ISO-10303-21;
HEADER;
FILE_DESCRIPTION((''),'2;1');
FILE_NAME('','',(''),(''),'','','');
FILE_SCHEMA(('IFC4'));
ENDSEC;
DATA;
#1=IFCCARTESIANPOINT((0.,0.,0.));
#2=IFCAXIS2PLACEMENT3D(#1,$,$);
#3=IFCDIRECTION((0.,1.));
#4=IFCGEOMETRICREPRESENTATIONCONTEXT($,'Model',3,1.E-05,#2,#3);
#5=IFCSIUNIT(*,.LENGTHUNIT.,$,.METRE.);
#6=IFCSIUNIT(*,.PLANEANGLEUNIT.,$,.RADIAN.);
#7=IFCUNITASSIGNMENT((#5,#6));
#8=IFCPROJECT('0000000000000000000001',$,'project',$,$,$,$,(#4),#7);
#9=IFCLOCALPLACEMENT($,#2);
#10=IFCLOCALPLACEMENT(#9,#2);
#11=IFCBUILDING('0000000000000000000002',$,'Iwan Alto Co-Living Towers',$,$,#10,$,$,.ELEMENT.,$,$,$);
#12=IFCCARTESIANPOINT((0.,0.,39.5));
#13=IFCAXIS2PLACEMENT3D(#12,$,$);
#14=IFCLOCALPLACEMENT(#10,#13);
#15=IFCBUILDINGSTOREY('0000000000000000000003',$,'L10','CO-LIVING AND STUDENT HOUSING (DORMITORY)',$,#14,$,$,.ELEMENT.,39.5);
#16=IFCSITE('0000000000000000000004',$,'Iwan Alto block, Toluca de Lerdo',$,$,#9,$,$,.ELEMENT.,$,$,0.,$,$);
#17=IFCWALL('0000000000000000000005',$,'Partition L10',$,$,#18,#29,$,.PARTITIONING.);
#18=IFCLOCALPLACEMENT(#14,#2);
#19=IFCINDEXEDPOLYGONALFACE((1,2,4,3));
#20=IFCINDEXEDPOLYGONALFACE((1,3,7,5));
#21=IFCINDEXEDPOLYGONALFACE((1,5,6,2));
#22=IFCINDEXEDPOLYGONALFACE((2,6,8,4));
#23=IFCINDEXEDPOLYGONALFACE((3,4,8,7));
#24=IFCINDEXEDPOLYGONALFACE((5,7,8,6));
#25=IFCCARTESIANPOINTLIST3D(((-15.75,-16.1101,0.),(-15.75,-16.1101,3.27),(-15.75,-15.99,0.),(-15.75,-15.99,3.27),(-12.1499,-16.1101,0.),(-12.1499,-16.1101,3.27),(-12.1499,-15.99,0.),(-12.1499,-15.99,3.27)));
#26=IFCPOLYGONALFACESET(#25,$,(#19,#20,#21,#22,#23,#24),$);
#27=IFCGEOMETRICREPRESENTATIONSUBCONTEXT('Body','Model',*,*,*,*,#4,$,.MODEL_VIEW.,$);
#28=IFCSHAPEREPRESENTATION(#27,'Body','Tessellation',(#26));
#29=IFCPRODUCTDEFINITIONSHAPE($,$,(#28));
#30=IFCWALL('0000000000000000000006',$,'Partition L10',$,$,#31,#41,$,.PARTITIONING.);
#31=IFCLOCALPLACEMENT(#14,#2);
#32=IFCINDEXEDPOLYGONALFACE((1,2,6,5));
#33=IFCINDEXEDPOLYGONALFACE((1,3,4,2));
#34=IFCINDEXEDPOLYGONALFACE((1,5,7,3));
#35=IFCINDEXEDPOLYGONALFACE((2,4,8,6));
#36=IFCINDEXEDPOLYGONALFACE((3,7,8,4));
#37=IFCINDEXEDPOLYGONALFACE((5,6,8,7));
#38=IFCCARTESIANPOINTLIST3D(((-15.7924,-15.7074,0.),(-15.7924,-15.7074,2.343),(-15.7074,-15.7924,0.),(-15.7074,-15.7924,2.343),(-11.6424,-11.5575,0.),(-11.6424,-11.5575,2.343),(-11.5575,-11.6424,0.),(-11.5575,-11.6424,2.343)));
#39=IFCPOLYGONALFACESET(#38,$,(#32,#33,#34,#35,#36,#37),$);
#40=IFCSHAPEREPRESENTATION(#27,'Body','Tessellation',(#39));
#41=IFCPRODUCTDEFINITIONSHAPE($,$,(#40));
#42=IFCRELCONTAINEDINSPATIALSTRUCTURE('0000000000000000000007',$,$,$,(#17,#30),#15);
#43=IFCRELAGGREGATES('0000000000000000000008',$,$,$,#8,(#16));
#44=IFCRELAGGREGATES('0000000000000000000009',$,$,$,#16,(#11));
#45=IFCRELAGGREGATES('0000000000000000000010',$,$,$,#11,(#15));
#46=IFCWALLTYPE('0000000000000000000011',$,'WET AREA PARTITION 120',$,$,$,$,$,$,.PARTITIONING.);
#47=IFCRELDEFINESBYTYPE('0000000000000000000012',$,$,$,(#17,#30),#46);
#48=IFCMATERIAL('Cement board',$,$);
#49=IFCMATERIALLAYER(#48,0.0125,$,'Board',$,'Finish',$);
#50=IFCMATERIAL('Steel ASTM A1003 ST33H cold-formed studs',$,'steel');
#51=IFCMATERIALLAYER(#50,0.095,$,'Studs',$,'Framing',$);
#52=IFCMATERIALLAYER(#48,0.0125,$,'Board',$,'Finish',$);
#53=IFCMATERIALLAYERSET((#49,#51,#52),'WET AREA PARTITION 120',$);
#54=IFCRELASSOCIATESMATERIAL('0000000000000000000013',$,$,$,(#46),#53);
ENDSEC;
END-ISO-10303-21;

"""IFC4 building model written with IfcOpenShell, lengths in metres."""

from ifc_helpers import new_model, si_unit, direction, frame, frame_2d, origin, place, context, subcontext, project, spatial, rectangle, extrude, material, layer, layer_set, type_object, element, save


model = new_model("IFC4")

# Units and contexts
model_context = context("Model", 3, precision=1e-05, world=origin(), true_north=direction((0.0, 1.0)))
body_context = subcontext(model_context, "Body", "Model", "MODEL_VIEW")
ifc_project = project(units=[si_unit("LENGTHUNIT", "METRE"), si_unit("PLANEANGLEUNIT", "RADIAN")], contexts=[model_context])

# Site, building, storey
site_placement = place(None, origin())
site = spatial("IfcSite", under=ifc_project, at=site_placement, Name="Iwan Alto block, Toluca de Lerdo", CompositionType="ELEMENT", RefElevation=0.0)
building_placement = place(site_placement, origin())
building = spatial("IfcBuilding", under=site, at=building_placement, Name="Iwan Alto Co-Living Towers", CompositionType="ELEMENT")
storey_placement = place(building_placement, frame((0.0, 0.0, 39.5)))
storey = spatial("IfcBuildingStorey", under=building, at=storey_placement, Name="L10", Description="CO-LIVING AND STUDENT HOUSING (DORMITORY)", CompositionType="ELEMENT", Elevation=39.5)

# Shared definitions
ifc_material_1 = material(Name="Steel ASTM A1003 ST33H cold-formed studs", Category="steel")

# Walls
ifc_material_2 = material(Name="Cement board")
ifc_layer_1 = layer(ifc_material_2, 0.0125, Name="Board", Category="Finish")
ifc_layer_2 = layer(ifc_material_1, 0.095, Name="Studs", Category="Framing")
ifc_layer_3 = layer(ifc_material_2, 0.0125, Name="Board", Category="Finish")
ifc_layer_set_1 = layer_set([ifc_layer_1, ifc_layer_2, ifc_layer_3], Name="WET AREA PARTITION 120")
wall_type_1 = type_object("IfcWallType", Name="WET AREA PARTITION 120", PredefinedType="PARTITIONING", material=ifc_layer_set_1)
wall_1_placement = place(storey_placement, frame((-15.75, -16.05, 0.0), z_axis=(0.0, 0.0, 1.0), x_axis=(1.0, 0.0, 0.0)))
element("IfcWall", 1, at=wall_1_placement, inside=storey, type_object=wall_type_1, Name="Partition L10", PredefinedType="PARTITIONING", context=body_context, shape_type="SweptSolid", body=[
    extrude(rectangle(XDim=3.6001, YDim=0.1201, at=frame_2d((1.8, 0.0))), origin(), (0.0, 0.0, 1.0), 3.27),
])
wall_2_placement = place(storey_placement, frame((-15.75, -15.75, 0.0), z_axis=(0.0, 0.0, 1.0), x_axis=(0.707107, 0.707107, 0.0)))
element("IfcWall", 2, at=wall_2_placement, inside=storey, type_object=wall_type_1, Name="Partition L10", PredefinedType="PARTITIONING", context=body_context, shape_type="SweptSolid", body=[
    extrude(rectangle(XDim=5.8689, YDim=0.1201, at=frame_2d((2.9346, 0.0))), origin(), (0.0, 0.0, 1.0), 2.343),
])

save(model, "model.ifc")
